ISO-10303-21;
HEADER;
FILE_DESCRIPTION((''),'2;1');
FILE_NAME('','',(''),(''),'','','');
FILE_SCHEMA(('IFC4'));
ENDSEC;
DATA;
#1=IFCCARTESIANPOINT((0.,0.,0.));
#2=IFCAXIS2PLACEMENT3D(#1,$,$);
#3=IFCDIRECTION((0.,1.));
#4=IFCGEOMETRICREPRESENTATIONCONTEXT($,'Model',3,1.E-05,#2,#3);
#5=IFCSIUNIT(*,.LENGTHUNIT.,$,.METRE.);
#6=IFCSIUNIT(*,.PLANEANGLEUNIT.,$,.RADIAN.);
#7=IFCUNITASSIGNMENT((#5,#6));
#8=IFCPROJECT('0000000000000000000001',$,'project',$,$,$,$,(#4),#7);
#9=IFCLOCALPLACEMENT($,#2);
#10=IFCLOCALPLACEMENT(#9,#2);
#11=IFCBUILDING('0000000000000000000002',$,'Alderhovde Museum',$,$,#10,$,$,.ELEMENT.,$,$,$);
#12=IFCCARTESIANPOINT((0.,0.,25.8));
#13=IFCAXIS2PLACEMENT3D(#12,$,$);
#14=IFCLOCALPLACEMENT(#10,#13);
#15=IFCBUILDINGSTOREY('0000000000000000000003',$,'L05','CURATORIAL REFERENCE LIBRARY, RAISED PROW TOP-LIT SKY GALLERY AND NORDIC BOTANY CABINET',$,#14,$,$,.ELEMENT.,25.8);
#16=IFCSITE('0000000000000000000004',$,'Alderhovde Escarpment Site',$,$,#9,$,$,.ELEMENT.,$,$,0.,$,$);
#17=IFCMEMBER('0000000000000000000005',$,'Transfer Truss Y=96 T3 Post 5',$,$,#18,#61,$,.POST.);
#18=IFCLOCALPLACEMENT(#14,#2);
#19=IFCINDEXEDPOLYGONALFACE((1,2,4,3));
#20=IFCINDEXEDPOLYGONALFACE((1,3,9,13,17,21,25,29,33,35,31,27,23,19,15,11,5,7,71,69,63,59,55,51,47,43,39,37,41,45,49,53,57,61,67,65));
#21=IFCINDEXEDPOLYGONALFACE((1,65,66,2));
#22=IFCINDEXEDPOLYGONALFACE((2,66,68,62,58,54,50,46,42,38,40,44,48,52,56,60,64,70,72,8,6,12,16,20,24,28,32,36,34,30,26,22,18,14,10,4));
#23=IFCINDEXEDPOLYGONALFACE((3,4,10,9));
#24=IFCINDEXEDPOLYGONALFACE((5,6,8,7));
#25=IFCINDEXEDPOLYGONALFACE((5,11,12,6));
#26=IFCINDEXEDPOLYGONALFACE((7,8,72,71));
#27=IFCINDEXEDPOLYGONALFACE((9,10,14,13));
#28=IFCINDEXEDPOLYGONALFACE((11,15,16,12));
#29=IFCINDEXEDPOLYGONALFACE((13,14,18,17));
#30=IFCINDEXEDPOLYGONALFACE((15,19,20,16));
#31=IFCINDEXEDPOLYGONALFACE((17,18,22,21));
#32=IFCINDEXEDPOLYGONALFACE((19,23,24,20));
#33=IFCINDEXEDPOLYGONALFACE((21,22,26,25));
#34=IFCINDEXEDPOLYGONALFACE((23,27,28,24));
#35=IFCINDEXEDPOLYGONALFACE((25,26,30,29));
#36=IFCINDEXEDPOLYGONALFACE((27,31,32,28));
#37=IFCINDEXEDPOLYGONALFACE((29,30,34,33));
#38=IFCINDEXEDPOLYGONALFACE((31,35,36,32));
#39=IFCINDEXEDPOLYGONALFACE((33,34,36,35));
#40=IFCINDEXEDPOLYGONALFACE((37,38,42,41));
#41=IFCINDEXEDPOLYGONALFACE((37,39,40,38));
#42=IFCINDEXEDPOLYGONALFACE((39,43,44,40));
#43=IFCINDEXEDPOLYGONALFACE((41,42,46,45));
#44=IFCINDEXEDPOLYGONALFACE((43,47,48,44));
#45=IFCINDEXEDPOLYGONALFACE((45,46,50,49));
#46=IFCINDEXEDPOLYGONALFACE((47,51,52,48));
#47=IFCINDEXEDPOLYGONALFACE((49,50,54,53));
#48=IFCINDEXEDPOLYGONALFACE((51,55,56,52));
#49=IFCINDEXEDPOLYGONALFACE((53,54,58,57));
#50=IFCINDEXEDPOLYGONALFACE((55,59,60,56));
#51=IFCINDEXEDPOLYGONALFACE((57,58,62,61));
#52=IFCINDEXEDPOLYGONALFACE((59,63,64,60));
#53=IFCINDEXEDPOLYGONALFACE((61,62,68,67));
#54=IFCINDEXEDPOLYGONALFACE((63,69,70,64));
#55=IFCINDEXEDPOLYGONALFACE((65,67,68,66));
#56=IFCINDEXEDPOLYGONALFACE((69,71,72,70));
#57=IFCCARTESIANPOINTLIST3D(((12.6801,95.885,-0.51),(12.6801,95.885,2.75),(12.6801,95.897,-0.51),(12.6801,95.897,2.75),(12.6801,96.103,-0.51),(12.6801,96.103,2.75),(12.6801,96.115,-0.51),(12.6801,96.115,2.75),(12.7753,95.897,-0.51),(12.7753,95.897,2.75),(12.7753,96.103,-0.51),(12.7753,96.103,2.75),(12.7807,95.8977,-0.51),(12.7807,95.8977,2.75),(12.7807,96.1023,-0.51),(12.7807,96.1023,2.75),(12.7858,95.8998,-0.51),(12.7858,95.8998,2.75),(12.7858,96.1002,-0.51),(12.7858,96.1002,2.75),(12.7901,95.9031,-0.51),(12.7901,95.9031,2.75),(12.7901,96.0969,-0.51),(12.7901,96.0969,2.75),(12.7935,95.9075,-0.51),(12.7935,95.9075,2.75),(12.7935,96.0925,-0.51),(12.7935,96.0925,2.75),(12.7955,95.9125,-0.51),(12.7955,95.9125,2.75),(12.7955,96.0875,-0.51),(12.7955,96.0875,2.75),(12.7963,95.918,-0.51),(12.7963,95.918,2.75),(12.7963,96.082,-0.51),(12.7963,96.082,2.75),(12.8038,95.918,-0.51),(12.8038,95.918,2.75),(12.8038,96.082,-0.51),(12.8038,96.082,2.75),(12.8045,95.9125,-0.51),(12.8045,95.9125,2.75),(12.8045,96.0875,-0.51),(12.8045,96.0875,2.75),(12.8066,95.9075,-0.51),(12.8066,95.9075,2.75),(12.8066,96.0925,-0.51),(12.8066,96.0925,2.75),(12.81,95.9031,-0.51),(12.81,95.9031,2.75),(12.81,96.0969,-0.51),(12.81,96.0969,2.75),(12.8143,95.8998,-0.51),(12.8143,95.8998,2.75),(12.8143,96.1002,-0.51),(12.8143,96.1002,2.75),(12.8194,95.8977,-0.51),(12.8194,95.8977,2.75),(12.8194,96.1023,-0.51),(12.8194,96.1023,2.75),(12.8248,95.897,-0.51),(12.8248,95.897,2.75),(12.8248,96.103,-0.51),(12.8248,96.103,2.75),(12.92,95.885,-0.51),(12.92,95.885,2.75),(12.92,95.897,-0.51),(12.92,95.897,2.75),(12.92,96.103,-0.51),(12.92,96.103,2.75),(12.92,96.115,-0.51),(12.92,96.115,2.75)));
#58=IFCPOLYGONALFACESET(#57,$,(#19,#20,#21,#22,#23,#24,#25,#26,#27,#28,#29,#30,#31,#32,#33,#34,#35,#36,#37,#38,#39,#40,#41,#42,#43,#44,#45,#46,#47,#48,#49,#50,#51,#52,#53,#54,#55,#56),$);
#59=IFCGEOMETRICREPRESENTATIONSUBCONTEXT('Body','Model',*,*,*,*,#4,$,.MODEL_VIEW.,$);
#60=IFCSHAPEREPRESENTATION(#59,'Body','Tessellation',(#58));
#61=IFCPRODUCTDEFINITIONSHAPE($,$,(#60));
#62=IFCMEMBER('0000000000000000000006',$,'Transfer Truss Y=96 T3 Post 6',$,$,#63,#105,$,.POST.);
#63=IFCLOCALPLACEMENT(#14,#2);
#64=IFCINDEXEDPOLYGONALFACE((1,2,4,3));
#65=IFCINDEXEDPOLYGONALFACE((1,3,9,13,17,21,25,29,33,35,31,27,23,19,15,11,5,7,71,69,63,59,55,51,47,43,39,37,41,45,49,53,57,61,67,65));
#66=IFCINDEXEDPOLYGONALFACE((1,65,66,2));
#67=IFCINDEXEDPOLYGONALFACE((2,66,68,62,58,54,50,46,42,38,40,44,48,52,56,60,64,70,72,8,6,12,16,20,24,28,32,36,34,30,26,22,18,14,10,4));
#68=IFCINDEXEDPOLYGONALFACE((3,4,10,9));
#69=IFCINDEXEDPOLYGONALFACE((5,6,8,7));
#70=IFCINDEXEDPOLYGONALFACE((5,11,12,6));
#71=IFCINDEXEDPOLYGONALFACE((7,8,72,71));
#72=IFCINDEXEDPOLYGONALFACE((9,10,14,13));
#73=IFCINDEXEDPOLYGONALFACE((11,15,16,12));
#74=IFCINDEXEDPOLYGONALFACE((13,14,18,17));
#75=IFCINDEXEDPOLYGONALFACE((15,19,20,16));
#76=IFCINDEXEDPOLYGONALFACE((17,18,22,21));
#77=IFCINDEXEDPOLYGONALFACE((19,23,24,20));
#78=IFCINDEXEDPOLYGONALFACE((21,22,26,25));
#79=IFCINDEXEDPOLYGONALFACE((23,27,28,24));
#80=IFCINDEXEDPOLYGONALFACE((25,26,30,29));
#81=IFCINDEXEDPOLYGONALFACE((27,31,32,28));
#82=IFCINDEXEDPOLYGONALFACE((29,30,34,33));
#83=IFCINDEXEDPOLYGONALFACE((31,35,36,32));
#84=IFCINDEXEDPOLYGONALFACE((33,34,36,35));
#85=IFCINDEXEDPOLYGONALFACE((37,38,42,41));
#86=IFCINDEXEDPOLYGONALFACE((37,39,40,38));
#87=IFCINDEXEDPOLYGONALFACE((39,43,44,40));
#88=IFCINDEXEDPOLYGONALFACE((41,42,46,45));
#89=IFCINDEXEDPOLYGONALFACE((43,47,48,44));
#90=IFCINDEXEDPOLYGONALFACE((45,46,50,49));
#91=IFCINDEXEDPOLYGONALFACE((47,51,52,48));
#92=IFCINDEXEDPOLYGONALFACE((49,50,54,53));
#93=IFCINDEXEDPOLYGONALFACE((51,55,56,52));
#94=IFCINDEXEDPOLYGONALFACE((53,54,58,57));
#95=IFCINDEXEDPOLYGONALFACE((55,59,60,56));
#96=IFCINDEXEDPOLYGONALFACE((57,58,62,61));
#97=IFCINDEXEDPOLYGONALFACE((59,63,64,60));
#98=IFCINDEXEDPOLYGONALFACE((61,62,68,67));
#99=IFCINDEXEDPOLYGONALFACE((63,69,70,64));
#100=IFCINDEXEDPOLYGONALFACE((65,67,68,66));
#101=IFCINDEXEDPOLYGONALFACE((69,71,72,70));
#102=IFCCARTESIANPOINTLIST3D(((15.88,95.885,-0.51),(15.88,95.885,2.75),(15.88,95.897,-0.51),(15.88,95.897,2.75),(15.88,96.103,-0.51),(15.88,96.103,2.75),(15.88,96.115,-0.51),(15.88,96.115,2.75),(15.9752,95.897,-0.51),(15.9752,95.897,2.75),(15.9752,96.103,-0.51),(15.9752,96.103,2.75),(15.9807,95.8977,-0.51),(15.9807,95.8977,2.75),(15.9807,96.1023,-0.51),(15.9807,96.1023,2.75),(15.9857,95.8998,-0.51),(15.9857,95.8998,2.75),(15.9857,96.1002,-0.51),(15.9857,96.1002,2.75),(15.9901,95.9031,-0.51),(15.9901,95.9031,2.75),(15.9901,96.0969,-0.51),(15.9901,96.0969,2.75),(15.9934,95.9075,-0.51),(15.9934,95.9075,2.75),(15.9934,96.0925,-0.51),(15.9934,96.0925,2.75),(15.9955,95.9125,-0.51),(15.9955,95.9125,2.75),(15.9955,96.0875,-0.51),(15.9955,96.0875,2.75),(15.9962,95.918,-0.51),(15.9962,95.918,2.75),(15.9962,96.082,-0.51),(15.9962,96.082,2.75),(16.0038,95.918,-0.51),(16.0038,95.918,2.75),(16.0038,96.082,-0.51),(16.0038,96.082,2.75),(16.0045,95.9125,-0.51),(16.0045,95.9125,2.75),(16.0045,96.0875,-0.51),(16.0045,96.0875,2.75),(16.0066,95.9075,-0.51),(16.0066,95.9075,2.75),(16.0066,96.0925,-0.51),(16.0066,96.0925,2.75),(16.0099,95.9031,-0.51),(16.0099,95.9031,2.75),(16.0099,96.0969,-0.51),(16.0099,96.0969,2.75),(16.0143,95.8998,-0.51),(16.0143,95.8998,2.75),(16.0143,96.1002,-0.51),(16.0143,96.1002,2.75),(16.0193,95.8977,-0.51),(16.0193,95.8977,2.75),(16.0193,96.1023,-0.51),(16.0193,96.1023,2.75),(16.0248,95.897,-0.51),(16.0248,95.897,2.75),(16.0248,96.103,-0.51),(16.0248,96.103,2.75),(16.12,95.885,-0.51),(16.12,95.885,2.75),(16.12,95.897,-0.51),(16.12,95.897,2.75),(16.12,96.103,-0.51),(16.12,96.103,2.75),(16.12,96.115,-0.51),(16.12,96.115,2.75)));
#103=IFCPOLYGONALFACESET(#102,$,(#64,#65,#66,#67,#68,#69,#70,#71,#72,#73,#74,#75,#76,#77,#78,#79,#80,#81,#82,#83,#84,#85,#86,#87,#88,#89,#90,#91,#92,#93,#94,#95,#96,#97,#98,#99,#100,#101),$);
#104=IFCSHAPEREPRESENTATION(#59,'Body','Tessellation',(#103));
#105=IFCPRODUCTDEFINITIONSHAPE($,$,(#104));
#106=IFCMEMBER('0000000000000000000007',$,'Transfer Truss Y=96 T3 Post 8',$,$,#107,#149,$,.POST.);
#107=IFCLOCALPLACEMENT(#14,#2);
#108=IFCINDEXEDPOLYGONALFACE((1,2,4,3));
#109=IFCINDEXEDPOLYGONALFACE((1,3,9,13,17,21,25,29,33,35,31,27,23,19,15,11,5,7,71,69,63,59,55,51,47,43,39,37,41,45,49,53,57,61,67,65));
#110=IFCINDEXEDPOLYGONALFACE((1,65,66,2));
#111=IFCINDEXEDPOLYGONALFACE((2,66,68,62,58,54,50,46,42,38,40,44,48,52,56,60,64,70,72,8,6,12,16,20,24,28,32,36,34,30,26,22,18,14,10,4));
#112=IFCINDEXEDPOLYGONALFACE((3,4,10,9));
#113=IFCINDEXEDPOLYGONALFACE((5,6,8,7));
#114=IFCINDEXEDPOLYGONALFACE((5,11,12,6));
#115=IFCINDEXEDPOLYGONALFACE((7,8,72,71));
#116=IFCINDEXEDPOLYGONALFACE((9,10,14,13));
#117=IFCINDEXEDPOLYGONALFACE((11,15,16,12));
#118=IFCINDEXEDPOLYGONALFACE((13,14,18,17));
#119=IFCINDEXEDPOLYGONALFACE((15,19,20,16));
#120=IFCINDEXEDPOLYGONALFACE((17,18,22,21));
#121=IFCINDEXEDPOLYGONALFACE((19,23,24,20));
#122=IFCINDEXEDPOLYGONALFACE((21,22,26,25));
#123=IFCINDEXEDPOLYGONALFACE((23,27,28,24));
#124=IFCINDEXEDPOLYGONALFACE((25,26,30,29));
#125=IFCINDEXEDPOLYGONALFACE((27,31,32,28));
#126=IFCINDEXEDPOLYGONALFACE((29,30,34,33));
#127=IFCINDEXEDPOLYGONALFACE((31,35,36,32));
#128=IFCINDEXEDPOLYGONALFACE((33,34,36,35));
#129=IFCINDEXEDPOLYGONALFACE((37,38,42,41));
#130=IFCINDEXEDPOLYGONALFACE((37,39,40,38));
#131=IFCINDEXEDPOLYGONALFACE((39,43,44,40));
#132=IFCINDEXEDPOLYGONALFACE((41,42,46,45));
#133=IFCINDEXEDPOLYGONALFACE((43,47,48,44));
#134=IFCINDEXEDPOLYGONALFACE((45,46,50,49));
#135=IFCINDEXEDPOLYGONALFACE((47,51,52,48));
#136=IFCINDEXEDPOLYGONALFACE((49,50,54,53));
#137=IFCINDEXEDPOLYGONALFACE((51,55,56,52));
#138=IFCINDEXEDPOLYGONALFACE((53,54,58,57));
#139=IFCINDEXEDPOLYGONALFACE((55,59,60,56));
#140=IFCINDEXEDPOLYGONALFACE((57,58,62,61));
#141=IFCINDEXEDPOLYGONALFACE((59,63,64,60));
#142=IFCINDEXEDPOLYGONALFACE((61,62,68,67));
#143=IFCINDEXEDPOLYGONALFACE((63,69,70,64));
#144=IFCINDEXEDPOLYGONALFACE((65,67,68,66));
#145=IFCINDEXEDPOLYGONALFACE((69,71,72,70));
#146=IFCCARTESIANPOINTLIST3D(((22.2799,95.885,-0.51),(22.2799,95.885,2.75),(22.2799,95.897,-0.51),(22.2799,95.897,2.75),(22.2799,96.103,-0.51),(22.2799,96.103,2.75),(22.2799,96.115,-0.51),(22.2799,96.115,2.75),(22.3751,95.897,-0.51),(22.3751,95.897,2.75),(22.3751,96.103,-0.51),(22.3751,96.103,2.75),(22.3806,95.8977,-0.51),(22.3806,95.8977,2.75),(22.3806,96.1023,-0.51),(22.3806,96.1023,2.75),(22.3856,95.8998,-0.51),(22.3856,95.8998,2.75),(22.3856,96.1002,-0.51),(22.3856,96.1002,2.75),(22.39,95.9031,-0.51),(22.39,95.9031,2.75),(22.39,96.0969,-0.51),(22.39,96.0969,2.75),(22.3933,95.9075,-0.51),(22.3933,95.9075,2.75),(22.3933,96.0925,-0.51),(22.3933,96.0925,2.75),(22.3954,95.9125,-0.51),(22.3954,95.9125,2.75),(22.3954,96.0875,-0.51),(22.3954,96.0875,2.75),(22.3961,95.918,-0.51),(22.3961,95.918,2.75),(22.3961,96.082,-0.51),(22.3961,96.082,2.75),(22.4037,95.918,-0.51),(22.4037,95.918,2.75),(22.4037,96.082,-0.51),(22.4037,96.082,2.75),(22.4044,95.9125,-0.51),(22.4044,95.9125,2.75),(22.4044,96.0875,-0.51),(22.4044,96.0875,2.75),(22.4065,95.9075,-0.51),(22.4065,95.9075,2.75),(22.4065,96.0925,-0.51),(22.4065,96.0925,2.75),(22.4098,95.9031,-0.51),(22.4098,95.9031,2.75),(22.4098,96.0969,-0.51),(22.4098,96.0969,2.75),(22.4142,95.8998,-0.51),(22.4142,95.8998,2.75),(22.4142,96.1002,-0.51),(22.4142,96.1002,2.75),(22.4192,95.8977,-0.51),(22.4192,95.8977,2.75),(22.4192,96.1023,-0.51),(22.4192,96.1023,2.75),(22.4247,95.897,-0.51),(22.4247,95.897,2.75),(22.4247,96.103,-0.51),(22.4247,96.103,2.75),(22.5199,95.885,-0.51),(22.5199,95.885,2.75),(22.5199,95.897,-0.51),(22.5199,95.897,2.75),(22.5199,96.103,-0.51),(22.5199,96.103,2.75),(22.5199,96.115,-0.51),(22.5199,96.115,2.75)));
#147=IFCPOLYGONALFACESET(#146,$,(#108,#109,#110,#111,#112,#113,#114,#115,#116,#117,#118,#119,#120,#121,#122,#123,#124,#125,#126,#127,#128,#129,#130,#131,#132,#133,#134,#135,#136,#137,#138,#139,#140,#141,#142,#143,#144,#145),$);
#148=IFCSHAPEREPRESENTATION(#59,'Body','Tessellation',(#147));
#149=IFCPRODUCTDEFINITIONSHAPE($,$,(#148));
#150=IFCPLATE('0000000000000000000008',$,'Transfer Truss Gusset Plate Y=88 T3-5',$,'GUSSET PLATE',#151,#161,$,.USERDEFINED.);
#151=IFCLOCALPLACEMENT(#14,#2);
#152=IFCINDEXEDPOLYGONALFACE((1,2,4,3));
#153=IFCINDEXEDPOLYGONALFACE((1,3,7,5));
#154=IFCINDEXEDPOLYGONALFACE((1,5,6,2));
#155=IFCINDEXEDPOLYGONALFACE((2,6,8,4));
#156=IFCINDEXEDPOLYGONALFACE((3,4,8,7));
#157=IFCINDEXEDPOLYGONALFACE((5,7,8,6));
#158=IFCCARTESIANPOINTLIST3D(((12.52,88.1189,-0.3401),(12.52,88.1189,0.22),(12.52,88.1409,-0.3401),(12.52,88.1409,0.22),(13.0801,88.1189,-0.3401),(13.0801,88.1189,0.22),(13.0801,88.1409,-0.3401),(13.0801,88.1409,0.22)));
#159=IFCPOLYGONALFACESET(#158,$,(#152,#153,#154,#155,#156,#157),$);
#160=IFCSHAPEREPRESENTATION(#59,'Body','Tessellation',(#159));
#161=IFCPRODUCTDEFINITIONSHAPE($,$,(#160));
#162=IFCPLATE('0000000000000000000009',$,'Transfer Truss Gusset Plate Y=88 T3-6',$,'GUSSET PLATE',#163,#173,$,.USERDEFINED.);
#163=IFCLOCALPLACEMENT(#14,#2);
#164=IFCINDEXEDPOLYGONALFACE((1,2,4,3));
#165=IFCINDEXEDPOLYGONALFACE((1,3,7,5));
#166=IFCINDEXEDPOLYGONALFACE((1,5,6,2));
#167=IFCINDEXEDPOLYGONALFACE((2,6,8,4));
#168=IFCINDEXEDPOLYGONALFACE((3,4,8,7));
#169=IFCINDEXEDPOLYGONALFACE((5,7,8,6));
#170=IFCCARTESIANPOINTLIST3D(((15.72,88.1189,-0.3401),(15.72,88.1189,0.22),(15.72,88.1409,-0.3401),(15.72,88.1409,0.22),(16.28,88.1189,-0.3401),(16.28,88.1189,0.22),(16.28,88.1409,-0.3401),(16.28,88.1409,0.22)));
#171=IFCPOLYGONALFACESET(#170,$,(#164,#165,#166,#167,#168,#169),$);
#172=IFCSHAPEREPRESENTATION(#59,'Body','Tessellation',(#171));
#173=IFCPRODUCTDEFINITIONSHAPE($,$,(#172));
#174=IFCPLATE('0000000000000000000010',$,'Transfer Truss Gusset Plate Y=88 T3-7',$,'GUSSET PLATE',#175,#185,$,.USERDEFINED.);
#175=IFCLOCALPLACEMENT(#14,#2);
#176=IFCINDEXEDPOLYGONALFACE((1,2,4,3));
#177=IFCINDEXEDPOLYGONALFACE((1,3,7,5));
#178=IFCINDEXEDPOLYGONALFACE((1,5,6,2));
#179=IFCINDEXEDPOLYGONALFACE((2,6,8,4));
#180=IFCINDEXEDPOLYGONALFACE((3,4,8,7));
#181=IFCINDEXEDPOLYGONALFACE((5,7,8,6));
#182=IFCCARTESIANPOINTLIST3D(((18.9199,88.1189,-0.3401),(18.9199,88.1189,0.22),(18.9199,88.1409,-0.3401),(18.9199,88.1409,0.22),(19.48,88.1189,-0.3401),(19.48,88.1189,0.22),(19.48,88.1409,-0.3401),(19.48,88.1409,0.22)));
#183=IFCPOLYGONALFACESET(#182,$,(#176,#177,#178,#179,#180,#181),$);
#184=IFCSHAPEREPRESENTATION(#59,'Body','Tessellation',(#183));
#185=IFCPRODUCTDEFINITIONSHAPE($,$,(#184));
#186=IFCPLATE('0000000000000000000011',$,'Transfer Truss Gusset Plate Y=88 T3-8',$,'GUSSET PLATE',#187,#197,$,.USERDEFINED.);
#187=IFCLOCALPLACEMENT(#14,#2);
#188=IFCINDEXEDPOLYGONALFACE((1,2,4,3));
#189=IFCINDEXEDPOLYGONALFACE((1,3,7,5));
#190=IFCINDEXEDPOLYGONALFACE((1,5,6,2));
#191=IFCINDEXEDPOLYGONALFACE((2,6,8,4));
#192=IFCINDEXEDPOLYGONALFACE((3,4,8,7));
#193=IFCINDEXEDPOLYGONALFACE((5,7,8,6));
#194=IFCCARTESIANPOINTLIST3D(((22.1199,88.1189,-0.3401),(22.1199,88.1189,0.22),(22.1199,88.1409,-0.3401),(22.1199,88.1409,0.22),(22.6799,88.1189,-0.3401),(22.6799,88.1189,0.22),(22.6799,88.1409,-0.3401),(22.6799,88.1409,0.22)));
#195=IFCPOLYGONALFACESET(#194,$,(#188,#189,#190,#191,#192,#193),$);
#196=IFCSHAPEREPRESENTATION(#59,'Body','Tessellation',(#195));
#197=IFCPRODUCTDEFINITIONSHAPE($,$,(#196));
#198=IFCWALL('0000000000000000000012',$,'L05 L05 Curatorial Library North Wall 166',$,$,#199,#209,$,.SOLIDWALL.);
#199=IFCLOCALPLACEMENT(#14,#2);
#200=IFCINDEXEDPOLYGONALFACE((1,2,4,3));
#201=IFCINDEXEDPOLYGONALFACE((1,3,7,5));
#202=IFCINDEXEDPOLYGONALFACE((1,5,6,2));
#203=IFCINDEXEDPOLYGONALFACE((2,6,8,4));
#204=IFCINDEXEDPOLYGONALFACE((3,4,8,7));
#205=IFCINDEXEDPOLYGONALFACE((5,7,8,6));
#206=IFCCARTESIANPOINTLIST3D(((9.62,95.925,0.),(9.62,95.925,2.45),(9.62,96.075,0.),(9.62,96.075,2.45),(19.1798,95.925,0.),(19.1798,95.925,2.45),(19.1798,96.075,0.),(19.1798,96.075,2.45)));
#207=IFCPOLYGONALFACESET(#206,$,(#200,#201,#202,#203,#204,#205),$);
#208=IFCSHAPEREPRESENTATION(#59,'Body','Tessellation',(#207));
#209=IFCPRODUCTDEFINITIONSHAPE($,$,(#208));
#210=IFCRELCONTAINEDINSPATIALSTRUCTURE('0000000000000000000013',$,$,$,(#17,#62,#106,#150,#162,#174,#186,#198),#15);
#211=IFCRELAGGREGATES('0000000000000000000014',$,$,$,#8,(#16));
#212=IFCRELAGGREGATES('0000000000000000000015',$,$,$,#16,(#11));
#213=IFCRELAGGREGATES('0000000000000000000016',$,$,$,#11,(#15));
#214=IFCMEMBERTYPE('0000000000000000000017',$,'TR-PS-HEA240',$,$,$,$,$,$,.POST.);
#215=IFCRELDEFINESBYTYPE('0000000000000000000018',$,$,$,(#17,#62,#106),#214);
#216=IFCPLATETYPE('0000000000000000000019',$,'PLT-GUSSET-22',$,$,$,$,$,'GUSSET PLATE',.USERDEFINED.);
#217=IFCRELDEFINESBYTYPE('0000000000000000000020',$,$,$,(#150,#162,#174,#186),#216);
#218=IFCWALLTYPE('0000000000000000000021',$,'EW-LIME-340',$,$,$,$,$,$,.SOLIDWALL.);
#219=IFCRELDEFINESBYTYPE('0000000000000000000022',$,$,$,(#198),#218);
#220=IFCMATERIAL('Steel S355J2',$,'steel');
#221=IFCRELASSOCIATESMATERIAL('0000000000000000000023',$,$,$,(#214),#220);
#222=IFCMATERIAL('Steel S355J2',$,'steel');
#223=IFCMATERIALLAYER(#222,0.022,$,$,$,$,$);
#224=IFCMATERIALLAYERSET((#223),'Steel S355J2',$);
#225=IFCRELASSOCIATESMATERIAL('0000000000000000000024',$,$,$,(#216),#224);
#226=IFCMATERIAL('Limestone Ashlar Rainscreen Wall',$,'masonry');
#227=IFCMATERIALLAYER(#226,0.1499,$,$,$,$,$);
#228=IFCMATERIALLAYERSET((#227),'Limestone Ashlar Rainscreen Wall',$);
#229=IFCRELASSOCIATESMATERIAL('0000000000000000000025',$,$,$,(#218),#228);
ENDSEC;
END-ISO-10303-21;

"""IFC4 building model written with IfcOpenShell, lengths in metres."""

from ifc_helpers import new_model, si_unit, direction, frame, frame_2d, origin, origin_2d, place, context, subcontext, project, spatial, rectangle, i_section, extrude, material, layer, layer_set, material_profile, profile_set, type_object, element, save


model = new_model("IFC4")

# Units and contexts
model_context = context("Model", 3, precision=1e-05, world=origin(), true_north=direction((0.0, 1.0)))
body_context = subcontext(model_context, "Body", "Model", "MODEL_VIEW")
ifc_project = project(units=[si_unit("LENGTHUNIT", "METRE"), si_unit("PLANEANGLEUNIT", "RADIAN")], contexts=[model_context])

# Site, building, storey
site_placement = place(None, origin())
site = spatial("IfcSite", under=ifc_project, at=site_placement, Name="Alderhovde Escarpment Site", CompositionType="ELEMENT", RefElevation=0.0)
building_placement = place(site_placement, origin())
building = spatial("IfcBuilding", under=site, at=building_placement, Name="Alderhovde Museum", CompositionType="ELEMENT")
storey_placement = place(building_placement, frame((0.0, 0.0, 25.8)))
storey = spatial("IfcBuildingStorey", under=building, at=storey_placement, Name="L05", Description="CURATORIAL REFERENCE LIBRARY, RAISED PROW TOP-LIT SKY GALLERY AND NORDIC BOTANY CABINET", CompositionType="ELEMENT", Elevation=25.8)

# Members
ifc_material_1 = material(Name="Steel S355J2", Category="steel")
ifc_material_profile_1 = material_profile(ifc_material_1, i_section(OverallWidth=0.24, OverallDepth=0.23, WebThickness=0.0076, FlangeThickness=0.012, FilletRadius=0.021, at=origin_2d()), Name="HEA 240")
ifc_profile_set_1 = profile_set([ifc_material_profile_1], Name="Steel S355J2")
member_type_1 = type_object("IfcMemberType", Name="TR-PS-HEA240", PredefinedType="POST", material=ifc_profile_set_1)
for number, where, z_axis, x_axis, name in (
    (1, (12.8, 96.0, -0.51), (0.0, 0.0, 1.0), (1.0, 0.0, 0.0), "Transfer Truss Y=96 T3 Post 5"),
    (2, (16.0, 96.0, -0.51), (0.0, 0.0, 1.0), (1.0, 0.0, 0.0), "Transfer Truss Y=96 T3 Post 6"),
    (3, (22.3999, 96.0, -0.51), (0.0, 0.0, 1.0), (1.0, 0.0, 0.0), "Transfer Truss Y=96 T3 Post 8"),
):
    element("IfcMember", number, at=place(storey_placement, frame(where, z_axis=z_axis, x_axis=x_axis)), inside=storey, type_object=member_type_1, Name=name, PredefinedType="POST", context=body_context, shape_type="SweptSolid", body=[
        extrude(i_section(OverallWidth=0.24, OverallDepth=0.23, WebThickness=0.0076, FlangeThickness=0.012, FilletRadius=0.021, at=origin_2d()), origin(), (0.0, 0.0, 1.0), 3.26),
    ])

# Plates
ifc_material_2 = material(Name="Steel S355J2", Category="steel")
ifc_layer_1 = layer(ifc_material_2, 0.022)
ifc_layer_set_1 = layer_set([ifc_layer_1], Name="Steel S355J2")
plate_type = type_object("IfcPlateType", Name="PLT-GUSSET-22", ElementType="GUSSET PLATE", PredefinedType="USERDEFINED", material=ifc_layer_set_1)
for number, where, z_axis, x_axis, name in (
    (4, (12.8, 88.1299, -0.3401), (0.0, 0.0, 1.0), (1.0, 0.0, 0.0), "Transfer Truss Gusset Plate Y=88 T3-5"),
    (5, (16.0, 88.1299, -0.3401), (0.0, 0.0, 1.0), (1.0, 0.0, 0.0), "Transfer Truss Gusset Plate Y=88 T3-6"),
    (6, (19.2, 88.1299, -0.3401), (0.0, 0.0, 1.0), (1.0, 0.0, 0.0), "Transfer Truss Gusset Plate Y=88 T3-7"),
    (7, (22.3999, 88.1299, -0.3401), (0.0, 0.0, 1.0), (1.0, 0.0, 0.0), "Transfer Truss Gusset Plate Y=88 T3-8"),
):
    element("IfcPlate", number, at=place(storey_placement, frame(where, z_axis=z_axis, x_axis=x_axis)), inside=storey, type_object=plate_type, Name=name, ObjectType="GUSSET PLATE", PredefinedType="USERDEFINED", context=body_context, shape_type="SweptSolid", body=[
        extrude(rectangle(XDim=0.5601, YDim=0.022, at=origin_2d()), origin(), (0.0, 0.0, 1.0), 0.5601),
    ])

# Wall
ifc_material_3 = material(Name="Limestone Ashlar Rainscreen Wall", Category="masonry")
ifc_layer_2 = layer(ifc_material_3, 0.1499)
ifc_layer_set_2 = layer_set([ifc_layer_2], Name="Limestone Ashlar Rainscreen Wall")
wall_type_1 = type_object("IfcWallType", Name="EW-LIME-340", PredefinedType="SOLIDWALL", material=ifc_layer_set_2)
wall_1_placement = place(storey_placement, frame((9.6201, 96.0, 0.0), z_axis=(0.0, 0.0, 1.0), x_axis=(1.0, 0.0, 0.0)))
element("IfcWall", 8, at=wall_1_placement, inside=storey, type_object=wall_type_1, Name="L05 L05 Curatorial Library North Wall 166", PredefinedType="SOLIDWALL", context=body_context, shape_type="SweptSolid", body=[
    extrude(rectangle(XDim=9.5598, YDim=0.1499, at=frame_2d((4.7798, 0.0))), origin(), (0.0, 0.0, 1.0), 2.45),
])

save(model, "model.ifc")
